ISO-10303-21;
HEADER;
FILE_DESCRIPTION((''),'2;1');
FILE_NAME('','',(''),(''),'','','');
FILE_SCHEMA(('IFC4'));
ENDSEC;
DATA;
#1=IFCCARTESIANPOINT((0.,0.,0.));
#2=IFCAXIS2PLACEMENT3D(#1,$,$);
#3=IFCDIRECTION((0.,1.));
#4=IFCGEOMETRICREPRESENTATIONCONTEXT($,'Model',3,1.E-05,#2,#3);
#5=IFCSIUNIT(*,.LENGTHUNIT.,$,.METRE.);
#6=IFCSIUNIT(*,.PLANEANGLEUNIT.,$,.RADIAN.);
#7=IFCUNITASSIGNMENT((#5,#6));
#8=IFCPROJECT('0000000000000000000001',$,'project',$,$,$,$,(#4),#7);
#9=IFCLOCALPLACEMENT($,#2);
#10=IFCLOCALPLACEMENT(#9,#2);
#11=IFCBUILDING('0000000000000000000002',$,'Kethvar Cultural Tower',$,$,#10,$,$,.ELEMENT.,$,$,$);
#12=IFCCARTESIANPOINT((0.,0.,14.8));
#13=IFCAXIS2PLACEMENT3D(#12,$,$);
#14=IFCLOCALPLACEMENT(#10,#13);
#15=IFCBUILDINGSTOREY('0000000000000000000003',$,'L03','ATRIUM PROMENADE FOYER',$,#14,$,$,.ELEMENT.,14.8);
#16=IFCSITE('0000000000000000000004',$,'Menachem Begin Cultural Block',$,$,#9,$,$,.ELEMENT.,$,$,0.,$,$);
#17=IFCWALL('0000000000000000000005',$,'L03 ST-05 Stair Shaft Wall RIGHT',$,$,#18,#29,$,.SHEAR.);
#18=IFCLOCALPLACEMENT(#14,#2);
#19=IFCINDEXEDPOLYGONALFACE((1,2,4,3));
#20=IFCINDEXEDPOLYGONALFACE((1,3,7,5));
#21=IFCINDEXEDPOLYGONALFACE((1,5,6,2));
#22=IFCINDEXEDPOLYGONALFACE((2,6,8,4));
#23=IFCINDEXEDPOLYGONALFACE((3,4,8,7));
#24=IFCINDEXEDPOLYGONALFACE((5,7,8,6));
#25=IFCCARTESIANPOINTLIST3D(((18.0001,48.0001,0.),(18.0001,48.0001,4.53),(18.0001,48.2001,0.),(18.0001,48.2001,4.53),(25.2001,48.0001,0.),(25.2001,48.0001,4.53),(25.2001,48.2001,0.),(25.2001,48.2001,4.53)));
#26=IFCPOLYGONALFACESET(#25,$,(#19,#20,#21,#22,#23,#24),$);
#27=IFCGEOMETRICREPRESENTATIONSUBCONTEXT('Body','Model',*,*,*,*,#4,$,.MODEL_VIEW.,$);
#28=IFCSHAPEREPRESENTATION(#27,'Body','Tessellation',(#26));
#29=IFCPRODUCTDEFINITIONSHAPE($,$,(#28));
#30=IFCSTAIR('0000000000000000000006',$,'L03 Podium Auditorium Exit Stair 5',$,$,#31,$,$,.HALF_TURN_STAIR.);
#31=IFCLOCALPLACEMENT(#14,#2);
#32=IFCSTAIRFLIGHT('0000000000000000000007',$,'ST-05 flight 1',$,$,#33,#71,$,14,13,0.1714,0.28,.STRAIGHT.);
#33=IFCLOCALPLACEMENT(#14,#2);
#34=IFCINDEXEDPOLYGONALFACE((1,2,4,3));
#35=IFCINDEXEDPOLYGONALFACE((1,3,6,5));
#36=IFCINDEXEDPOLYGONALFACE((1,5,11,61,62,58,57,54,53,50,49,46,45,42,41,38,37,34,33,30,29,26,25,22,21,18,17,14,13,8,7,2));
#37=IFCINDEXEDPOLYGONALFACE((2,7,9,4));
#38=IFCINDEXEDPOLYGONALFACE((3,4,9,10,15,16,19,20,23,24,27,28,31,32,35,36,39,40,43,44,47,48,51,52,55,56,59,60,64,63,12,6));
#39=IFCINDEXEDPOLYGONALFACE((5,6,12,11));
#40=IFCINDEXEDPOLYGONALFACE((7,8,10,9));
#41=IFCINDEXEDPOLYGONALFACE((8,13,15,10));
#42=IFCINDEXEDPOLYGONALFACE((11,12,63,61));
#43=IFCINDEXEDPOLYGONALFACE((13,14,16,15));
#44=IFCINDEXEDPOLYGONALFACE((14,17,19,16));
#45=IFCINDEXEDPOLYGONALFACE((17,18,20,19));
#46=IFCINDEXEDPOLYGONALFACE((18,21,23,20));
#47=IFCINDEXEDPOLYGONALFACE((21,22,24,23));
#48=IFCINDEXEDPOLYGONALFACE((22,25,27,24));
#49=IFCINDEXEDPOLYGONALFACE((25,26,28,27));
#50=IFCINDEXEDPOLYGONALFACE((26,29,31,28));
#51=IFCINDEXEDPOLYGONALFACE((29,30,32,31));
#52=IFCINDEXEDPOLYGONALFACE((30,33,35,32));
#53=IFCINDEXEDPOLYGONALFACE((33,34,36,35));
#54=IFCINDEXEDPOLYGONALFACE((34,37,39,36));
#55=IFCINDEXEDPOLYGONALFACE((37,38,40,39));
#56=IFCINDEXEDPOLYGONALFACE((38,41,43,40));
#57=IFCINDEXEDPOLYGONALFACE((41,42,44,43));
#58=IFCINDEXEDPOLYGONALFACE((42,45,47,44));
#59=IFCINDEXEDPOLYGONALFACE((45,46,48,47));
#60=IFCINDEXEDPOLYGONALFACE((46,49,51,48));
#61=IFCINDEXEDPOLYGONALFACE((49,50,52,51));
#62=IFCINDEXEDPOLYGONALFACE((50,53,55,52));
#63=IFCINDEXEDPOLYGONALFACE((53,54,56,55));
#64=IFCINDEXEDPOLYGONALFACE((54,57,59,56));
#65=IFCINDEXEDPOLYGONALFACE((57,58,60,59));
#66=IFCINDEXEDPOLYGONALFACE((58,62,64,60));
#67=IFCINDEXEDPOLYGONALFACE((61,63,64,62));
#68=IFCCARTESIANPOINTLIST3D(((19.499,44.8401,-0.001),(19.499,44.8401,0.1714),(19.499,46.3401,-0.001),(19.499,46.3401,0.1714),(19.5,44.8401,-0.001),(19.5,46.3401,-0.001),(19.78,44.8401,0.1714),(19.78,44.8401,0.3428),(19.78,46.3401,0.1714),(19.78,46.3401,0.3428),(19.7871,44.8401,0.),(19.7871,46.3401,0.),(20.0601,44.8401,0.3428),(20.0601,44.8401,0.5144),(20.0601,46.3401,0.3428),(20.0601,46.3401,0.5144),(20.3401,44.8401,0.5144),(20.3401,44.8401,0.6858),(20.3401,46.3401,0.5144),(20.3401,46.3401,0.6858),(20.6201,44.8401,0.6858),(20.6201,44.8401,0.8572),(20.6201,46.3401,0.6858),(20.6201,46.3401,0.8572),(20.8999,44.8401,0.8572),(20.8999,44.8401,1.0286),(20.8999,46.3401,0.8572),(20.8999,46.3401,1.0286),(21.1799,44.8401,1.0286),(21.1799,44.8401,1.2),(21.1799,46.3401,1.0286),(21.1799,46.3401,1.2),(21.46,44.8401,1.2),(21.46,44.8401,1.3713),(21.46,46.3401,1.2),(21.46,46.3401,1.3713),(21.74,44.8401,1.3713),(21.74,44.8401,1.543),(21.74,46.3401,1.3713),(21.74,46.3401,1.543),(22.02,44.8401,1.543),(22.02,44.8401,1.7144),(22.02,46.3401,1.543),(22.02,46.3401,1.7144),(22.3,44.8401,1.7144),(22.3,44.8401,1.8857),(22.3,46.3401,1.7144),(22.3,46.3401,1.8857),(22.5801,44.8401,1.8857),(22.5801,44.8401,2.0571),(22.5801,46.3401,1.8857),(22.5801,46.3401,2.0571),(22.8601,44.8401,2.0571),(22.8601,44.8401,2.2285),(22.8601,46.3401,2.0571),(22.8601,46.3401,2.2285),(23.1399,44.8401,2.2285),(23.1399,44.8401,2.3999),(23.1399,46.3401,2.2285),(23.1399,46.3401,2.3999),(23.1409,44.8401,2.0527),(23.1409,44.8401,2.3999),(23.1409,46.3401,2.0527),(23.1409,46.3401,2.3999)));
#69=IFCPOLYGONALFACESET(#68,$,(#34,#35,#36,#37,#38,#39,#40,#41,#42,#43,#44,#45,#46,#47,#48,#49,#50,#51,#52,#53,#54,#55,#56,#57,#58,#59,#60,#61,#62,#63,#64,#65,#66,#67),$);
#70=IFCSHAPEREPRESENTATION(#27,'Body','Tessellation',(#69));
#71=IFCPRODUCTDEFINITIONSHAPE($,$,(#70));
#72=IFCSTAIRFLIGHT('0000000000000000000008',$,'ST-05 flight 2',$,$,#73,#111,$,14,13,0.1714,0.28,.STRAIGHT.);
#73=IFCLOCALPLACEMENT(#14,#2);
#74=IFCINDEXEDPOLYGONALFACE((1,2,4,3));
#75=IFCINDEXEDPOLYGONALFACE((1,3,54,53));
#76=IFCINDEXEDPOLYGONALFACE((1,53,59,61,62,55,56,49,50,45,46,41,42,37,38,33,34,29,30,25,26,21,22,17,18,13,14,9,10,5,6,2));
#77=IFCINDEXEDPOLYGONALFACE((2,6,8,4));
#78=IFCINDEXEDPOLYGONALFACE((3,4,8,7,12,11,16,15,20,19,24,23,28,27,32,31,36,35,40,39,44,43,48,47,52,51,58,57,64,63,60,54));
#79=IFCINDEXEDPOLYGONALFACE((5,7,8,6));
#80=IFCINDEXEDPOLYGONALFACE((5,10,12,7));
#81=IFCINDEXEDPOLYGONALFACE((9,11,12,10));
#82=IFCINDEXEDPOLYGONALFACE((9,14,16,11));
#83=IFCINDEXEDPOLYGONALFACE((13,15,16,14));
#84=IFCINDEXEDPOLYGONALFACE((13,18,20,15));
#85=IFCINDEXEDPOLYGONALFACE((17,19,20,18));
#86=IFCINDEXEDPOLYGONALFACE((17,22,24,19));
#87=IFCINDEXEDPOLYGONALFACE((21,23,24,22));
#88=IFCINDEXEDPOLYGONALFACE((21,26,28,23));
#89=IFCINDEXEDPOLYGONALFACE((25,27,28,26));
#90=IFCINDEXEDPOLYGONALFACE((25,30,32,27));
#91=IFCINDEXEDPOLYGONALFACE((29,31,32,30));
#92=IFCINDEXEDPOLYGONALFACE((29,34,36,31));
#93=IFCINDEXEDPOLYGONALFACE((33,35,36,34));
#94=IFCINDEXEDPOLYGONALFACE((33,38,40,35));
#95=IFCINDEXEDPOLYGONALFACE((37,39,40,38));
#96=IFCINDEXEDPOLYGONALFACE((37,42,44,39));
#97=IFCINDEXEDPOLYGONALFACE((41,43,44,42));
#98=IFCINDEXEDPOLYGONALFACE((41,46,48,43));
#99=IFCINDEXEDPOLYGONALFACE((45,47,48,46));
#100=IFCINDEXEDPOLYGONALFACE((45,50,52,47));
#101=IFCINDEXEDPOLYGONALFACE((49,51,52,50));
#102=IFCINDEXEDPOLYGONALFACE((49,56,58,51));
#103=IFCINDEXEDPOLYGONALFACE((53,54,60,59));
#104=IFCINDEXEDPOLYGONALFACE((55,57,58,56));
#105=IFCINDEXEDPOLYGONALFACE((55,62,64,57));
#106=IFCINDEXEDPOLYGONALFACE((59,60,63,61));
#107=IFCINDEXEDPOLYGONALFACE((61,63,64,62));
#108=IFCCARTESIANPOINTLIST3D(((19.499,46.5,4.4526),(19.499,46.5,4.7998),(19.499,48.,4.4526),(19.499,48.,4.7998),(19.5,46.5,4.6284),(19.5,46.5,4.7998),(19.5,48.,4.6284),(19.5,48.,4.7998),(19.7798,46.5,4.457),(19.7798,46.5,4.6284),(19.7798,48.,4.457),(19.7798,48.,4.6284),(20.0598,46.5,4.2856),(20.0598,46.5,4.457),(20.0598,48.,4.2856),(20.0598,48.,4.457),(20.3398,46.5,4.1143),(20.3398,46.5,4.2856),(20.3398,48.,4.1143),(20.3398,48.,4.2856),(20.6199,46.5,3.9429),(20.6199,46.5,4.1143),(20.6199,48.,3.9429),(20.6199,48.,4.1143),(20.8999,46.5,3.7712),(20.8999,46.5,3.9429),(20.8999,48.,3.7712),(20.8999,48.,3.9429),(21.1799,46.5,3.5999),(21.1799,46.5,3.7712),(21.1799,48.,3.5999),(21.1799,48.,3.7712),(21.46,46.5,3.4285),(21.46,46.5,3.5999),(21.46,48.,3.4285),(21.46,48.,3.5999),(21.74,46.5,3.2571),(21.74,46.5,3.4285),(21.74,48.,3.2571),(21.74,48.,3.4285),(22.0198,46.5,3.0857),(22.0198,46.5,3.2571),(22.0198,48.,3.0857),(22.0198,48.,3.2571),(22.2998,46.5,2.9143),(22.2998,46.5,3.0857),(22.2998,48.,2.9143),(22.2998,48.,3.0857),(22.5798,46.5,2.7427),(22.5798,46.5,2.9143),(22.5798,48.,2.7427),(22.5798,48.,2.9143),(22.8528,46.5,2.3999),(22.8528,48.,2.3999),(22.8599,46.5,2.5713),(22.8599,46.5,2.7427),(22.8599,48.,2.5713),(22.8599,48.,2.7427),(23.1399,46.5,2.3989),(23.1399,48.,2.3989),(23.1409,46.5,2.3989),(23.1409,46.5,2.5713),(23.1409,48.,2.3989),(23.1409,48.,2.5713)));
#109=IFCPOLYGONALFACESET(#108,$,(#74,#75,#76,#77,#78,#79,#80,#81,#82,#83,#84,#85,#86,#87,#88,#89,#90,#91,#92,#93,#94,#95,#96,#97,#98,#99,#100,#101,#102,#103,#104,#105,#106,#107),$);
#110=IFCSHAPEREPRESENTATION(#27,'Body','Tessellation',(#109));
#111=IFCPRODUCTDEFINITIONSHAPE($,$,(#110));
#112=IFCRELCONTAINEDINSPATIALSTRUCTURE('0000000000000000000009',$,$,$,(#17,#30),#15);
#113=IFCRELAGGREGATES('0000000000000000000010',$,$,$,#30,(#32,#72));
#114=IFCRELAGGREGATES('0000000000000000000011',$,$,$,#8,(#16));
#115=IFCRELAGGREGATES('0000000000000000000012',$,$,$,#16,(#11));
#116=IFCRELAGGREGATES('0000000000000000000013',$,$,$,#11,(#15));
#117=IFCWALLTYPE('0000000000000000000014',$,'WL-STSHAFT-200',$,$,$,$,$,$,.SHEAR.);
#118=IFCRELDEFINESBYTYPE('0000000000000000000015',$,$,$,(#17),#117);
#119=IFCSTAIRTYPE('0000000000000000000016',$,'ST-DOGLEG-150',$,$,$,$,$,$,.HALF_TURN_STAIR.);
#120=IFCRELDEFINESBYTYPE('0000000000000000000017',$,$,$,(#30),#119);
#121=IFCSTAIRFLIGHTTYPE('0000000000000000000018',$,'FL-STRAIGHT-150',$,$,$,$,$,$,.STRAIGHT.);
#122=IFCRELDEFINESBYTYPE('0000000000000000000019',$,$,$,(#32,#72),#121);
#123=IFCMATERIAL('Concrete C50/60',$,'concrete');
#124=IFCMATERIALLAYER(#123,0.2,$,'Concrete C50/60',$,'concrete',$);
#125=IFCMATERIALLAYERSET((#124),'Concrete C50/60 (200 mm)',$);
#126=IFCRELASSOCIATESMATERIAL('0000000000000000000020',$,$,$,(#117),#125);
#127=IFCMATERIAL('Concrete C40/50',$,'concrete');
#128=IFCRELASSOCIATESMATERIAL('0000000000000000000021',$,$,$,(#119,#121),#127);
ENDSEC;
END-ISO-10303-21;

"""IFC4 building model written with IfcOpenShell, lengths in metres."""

from ifc_helpers import new_model, si_unit, direction, frame, frame_2d, origin, place, context, subcontext, project, spatial, polyline, rectangle, outline, extrude, material, layer, layer_set, type_object, element, aggregate, save


model = new_model("IFC4")

# Units and contexts
model_context = context("Model", 3, precision=1e-05, world=origin(), true_north=direction((0.0, 1.0)))
body_context = subcontext(model_context, "Body", "Model", "MODEL_VIEW")
ifc_project = project(units=[si_unit("LENGTHUNIT", "METRE"), si_unit("PLANEANGLEUNIT", "RADIAN")], contexts=[model_context])

# Site, building, storey
site_placement = place(None, origin())
site = spatial("IfcSite", under=ifc_project, at=site_placement, Name="Menachem Begin Cultural Block", CompositionType="ELEMENT", RefElevation=0.0)
building_placement = place(site_placement, origin())
building = spatial("IfcBuilding", under=site, at=building_placement, Name="Kethvar Cultural Tower", CompositionType="ELEMENT")
storey_placement = place(building_placement, frame((0.0, 0.0, 14.8)))
storey = spatial("IfcBuildingStorey", under=building, at=storey_placement, Name="L03", Description="ATRIUM PROMENADE FOYER", CompositionType="ELEMENT", Elevation=14.8)

# Wall
ifc_material_1 = material(Name="Concrete C50/60", Category="concrete")
ifc_layer_1 = layer(ifc_material_1, 0.2, Name="Concrete C50/60", Category="concrete")
ifc_layer_set_1 = layer_set([ifc_layer_1], Name="Concrete C50/60 (200 mm)")
wall_type = type_object("IfcWallType", Name="WL-STSHAFT-200", PredefinedType="SHEAR", material=ifc_layer_set_1)
wall_placement = place(storey_placement, frame((18.0, 48.1001, 0.0), z_axis=(0.0, 0.0, 1.0), x_axis=(1.0, 0.0, 0.0)))
element("IfcWall", 1, at=wall_placement, inside=storey, type_object=wall_type, Name="L03 ST-05 Stair Shaft Wall RIGHT", PredefinedType="SHEAR", context=body_context, shape_type="SweptSolid", body=[
    extrude(rectangle(XDim=7.2, YDim=0.2, at=frame_2d((3.6001, 0.0))), origin(), (0.0, 0.0, 1.0), 4.53),
])

# Stair, stair flights
ifc_material_2 = material(Name="Concrete C40/50", Category="concrete")
stair_type = type_object("IfcStairType", Name="ST-DOGLEG-150", PredefinedType="HALF_TURN_STAIR", material=ifc_material_2)
stair_placement = place(storey_placement, origin())
stair = element("IfcStair", 2, at=stair_placement, inside=storey, type_object=stair_type, Name="L03 Podium Auditorium Exit Stair 5", PredefinedType="HALF_TURN_STAIR")
stair_flight_type = type_object("IfcStairFlightType", Name="FL-STRAIGHT-150", PredefinedType="STRAIGHT", material=ifc_material_2)
stair_flight_1_placement = place(storey_placement, frame((19.5, 45.5901, 0.0), z_axis=(0.0, 0.0, 1.0), x_axis=(1.0, 0.0, 0.0)))
stair_flight_1 = element("IfcStairFlight", 3, at=stair_flight_1_placement, type_object=stair_flight_type, Name="ST-05 flight 1", NumberOfRisers=14, NumberOfTreads=13, PredefinedType="STRAIGHT", RiserHeight=0.1714, TreadLength=0.28, context=body_context, shape_type="SweptSolid", body=[
    extrude(outline(polyline([(-0.001, -0.001), (-0.001, 0.1714), (0.28, 0.1714), (0.28, 0.3428), (0.5601, 0.3428), (0.5601, 0.5144), (0.8401, 0.5144), (0.8401, 0.6858), (1.1201, 0.6858), (1.1201, 0.8572), (1.3999, 0.8572), (1.3999, 1.0286), (1.6799, 1.0286), (1.6799, 1.2), (1.96, 1.2), (1.96, 1.3713), (2.24, 1.3713), (2.24, 1.543), (2.52, 1.543), (2.52, 1.7144), (2.8, 1.7144), (2.8, 1.8857), (3.0801, 1.8857), (3.0801, 2.0571), (3.3601, 2.0571), (3.3601, 2.2285), (3.6399, 2.2285), (3.6399, 2.3999), (3.6409, 2.3999), (3.6409, 2.0527), (0.2871, 0.0), (0.0, -0.001), (-0.001, -0.001)])), frame((0.0, 0.75, 0.0), z_axis=(0.0, -1.0, 0.0), x_axis=(1.0, 0.0, 0.0)), (0.0, 0.0, 1.0), 1.5),
])
stair_flight_2_placement = place(storey_placement, frame((23.1399, 47.25, 2.3999), z_axis=(0.0, 0.0, 1.0), x_axis=(-1.0, 0.0, 0.0)))
stair_flight_2 = element("IfcStairFlight", 4, at=stair_flight_2_placement, type_object=stair_flight_type, Name="ST-05 flight 2", NumberOfRisers=14, NumberOfTreads=13, PredefinedType="STRAIGHT", RiserHeight=0.1714, TreadLength=0.28, context=body_context, shape_type="SweptSolid", body=[
    extrude(outline(polyline([(-0.001, -0.001), (-0.001, 0.1714), (0.28, 0.1714), (0.28, 0.3428), (0.5601, 0.3428), (0.5601, 0.5144), (0.8401, 0.5144), (0.8401, 0.6858), (1.1201, 0.6858), (1.1201, 0.8572), (1.3999, 0.8572), (1.3999, 1.0286), (1.6799, 1.0286), (1.6799, 1.2), (1.96, 1.2), (1.96, 1.3713), (2.24, 1.3713), (2.24, 1.543), (2.52, 1.543), (2.52, 1.7144), (2.8, 1.7144), (2.8, 1.8857), (3.0801, 1.8857), (3.0801, 2.0571), (3.3601, 2.0571), (3.3601, 2.2285), (3.6399, 2.2285), (3.6399, 2.3999), (3.6409, 2.3999), (3.6409, 2.0527), (0.2871, 0.0), (0.0, -0.001), (-0.001, -0.001)])), frame((0.0, 0.75, 0.0), z_axis=(0.0, -1.0, 0.0), x_axis=(1.0, 0.0, 0.0)), (0.0, 0.0, 1.0), 1.5),
])
aggregate(stair, [stair_flight_1, stair_flight_2])

save(model, "model.ifc")
